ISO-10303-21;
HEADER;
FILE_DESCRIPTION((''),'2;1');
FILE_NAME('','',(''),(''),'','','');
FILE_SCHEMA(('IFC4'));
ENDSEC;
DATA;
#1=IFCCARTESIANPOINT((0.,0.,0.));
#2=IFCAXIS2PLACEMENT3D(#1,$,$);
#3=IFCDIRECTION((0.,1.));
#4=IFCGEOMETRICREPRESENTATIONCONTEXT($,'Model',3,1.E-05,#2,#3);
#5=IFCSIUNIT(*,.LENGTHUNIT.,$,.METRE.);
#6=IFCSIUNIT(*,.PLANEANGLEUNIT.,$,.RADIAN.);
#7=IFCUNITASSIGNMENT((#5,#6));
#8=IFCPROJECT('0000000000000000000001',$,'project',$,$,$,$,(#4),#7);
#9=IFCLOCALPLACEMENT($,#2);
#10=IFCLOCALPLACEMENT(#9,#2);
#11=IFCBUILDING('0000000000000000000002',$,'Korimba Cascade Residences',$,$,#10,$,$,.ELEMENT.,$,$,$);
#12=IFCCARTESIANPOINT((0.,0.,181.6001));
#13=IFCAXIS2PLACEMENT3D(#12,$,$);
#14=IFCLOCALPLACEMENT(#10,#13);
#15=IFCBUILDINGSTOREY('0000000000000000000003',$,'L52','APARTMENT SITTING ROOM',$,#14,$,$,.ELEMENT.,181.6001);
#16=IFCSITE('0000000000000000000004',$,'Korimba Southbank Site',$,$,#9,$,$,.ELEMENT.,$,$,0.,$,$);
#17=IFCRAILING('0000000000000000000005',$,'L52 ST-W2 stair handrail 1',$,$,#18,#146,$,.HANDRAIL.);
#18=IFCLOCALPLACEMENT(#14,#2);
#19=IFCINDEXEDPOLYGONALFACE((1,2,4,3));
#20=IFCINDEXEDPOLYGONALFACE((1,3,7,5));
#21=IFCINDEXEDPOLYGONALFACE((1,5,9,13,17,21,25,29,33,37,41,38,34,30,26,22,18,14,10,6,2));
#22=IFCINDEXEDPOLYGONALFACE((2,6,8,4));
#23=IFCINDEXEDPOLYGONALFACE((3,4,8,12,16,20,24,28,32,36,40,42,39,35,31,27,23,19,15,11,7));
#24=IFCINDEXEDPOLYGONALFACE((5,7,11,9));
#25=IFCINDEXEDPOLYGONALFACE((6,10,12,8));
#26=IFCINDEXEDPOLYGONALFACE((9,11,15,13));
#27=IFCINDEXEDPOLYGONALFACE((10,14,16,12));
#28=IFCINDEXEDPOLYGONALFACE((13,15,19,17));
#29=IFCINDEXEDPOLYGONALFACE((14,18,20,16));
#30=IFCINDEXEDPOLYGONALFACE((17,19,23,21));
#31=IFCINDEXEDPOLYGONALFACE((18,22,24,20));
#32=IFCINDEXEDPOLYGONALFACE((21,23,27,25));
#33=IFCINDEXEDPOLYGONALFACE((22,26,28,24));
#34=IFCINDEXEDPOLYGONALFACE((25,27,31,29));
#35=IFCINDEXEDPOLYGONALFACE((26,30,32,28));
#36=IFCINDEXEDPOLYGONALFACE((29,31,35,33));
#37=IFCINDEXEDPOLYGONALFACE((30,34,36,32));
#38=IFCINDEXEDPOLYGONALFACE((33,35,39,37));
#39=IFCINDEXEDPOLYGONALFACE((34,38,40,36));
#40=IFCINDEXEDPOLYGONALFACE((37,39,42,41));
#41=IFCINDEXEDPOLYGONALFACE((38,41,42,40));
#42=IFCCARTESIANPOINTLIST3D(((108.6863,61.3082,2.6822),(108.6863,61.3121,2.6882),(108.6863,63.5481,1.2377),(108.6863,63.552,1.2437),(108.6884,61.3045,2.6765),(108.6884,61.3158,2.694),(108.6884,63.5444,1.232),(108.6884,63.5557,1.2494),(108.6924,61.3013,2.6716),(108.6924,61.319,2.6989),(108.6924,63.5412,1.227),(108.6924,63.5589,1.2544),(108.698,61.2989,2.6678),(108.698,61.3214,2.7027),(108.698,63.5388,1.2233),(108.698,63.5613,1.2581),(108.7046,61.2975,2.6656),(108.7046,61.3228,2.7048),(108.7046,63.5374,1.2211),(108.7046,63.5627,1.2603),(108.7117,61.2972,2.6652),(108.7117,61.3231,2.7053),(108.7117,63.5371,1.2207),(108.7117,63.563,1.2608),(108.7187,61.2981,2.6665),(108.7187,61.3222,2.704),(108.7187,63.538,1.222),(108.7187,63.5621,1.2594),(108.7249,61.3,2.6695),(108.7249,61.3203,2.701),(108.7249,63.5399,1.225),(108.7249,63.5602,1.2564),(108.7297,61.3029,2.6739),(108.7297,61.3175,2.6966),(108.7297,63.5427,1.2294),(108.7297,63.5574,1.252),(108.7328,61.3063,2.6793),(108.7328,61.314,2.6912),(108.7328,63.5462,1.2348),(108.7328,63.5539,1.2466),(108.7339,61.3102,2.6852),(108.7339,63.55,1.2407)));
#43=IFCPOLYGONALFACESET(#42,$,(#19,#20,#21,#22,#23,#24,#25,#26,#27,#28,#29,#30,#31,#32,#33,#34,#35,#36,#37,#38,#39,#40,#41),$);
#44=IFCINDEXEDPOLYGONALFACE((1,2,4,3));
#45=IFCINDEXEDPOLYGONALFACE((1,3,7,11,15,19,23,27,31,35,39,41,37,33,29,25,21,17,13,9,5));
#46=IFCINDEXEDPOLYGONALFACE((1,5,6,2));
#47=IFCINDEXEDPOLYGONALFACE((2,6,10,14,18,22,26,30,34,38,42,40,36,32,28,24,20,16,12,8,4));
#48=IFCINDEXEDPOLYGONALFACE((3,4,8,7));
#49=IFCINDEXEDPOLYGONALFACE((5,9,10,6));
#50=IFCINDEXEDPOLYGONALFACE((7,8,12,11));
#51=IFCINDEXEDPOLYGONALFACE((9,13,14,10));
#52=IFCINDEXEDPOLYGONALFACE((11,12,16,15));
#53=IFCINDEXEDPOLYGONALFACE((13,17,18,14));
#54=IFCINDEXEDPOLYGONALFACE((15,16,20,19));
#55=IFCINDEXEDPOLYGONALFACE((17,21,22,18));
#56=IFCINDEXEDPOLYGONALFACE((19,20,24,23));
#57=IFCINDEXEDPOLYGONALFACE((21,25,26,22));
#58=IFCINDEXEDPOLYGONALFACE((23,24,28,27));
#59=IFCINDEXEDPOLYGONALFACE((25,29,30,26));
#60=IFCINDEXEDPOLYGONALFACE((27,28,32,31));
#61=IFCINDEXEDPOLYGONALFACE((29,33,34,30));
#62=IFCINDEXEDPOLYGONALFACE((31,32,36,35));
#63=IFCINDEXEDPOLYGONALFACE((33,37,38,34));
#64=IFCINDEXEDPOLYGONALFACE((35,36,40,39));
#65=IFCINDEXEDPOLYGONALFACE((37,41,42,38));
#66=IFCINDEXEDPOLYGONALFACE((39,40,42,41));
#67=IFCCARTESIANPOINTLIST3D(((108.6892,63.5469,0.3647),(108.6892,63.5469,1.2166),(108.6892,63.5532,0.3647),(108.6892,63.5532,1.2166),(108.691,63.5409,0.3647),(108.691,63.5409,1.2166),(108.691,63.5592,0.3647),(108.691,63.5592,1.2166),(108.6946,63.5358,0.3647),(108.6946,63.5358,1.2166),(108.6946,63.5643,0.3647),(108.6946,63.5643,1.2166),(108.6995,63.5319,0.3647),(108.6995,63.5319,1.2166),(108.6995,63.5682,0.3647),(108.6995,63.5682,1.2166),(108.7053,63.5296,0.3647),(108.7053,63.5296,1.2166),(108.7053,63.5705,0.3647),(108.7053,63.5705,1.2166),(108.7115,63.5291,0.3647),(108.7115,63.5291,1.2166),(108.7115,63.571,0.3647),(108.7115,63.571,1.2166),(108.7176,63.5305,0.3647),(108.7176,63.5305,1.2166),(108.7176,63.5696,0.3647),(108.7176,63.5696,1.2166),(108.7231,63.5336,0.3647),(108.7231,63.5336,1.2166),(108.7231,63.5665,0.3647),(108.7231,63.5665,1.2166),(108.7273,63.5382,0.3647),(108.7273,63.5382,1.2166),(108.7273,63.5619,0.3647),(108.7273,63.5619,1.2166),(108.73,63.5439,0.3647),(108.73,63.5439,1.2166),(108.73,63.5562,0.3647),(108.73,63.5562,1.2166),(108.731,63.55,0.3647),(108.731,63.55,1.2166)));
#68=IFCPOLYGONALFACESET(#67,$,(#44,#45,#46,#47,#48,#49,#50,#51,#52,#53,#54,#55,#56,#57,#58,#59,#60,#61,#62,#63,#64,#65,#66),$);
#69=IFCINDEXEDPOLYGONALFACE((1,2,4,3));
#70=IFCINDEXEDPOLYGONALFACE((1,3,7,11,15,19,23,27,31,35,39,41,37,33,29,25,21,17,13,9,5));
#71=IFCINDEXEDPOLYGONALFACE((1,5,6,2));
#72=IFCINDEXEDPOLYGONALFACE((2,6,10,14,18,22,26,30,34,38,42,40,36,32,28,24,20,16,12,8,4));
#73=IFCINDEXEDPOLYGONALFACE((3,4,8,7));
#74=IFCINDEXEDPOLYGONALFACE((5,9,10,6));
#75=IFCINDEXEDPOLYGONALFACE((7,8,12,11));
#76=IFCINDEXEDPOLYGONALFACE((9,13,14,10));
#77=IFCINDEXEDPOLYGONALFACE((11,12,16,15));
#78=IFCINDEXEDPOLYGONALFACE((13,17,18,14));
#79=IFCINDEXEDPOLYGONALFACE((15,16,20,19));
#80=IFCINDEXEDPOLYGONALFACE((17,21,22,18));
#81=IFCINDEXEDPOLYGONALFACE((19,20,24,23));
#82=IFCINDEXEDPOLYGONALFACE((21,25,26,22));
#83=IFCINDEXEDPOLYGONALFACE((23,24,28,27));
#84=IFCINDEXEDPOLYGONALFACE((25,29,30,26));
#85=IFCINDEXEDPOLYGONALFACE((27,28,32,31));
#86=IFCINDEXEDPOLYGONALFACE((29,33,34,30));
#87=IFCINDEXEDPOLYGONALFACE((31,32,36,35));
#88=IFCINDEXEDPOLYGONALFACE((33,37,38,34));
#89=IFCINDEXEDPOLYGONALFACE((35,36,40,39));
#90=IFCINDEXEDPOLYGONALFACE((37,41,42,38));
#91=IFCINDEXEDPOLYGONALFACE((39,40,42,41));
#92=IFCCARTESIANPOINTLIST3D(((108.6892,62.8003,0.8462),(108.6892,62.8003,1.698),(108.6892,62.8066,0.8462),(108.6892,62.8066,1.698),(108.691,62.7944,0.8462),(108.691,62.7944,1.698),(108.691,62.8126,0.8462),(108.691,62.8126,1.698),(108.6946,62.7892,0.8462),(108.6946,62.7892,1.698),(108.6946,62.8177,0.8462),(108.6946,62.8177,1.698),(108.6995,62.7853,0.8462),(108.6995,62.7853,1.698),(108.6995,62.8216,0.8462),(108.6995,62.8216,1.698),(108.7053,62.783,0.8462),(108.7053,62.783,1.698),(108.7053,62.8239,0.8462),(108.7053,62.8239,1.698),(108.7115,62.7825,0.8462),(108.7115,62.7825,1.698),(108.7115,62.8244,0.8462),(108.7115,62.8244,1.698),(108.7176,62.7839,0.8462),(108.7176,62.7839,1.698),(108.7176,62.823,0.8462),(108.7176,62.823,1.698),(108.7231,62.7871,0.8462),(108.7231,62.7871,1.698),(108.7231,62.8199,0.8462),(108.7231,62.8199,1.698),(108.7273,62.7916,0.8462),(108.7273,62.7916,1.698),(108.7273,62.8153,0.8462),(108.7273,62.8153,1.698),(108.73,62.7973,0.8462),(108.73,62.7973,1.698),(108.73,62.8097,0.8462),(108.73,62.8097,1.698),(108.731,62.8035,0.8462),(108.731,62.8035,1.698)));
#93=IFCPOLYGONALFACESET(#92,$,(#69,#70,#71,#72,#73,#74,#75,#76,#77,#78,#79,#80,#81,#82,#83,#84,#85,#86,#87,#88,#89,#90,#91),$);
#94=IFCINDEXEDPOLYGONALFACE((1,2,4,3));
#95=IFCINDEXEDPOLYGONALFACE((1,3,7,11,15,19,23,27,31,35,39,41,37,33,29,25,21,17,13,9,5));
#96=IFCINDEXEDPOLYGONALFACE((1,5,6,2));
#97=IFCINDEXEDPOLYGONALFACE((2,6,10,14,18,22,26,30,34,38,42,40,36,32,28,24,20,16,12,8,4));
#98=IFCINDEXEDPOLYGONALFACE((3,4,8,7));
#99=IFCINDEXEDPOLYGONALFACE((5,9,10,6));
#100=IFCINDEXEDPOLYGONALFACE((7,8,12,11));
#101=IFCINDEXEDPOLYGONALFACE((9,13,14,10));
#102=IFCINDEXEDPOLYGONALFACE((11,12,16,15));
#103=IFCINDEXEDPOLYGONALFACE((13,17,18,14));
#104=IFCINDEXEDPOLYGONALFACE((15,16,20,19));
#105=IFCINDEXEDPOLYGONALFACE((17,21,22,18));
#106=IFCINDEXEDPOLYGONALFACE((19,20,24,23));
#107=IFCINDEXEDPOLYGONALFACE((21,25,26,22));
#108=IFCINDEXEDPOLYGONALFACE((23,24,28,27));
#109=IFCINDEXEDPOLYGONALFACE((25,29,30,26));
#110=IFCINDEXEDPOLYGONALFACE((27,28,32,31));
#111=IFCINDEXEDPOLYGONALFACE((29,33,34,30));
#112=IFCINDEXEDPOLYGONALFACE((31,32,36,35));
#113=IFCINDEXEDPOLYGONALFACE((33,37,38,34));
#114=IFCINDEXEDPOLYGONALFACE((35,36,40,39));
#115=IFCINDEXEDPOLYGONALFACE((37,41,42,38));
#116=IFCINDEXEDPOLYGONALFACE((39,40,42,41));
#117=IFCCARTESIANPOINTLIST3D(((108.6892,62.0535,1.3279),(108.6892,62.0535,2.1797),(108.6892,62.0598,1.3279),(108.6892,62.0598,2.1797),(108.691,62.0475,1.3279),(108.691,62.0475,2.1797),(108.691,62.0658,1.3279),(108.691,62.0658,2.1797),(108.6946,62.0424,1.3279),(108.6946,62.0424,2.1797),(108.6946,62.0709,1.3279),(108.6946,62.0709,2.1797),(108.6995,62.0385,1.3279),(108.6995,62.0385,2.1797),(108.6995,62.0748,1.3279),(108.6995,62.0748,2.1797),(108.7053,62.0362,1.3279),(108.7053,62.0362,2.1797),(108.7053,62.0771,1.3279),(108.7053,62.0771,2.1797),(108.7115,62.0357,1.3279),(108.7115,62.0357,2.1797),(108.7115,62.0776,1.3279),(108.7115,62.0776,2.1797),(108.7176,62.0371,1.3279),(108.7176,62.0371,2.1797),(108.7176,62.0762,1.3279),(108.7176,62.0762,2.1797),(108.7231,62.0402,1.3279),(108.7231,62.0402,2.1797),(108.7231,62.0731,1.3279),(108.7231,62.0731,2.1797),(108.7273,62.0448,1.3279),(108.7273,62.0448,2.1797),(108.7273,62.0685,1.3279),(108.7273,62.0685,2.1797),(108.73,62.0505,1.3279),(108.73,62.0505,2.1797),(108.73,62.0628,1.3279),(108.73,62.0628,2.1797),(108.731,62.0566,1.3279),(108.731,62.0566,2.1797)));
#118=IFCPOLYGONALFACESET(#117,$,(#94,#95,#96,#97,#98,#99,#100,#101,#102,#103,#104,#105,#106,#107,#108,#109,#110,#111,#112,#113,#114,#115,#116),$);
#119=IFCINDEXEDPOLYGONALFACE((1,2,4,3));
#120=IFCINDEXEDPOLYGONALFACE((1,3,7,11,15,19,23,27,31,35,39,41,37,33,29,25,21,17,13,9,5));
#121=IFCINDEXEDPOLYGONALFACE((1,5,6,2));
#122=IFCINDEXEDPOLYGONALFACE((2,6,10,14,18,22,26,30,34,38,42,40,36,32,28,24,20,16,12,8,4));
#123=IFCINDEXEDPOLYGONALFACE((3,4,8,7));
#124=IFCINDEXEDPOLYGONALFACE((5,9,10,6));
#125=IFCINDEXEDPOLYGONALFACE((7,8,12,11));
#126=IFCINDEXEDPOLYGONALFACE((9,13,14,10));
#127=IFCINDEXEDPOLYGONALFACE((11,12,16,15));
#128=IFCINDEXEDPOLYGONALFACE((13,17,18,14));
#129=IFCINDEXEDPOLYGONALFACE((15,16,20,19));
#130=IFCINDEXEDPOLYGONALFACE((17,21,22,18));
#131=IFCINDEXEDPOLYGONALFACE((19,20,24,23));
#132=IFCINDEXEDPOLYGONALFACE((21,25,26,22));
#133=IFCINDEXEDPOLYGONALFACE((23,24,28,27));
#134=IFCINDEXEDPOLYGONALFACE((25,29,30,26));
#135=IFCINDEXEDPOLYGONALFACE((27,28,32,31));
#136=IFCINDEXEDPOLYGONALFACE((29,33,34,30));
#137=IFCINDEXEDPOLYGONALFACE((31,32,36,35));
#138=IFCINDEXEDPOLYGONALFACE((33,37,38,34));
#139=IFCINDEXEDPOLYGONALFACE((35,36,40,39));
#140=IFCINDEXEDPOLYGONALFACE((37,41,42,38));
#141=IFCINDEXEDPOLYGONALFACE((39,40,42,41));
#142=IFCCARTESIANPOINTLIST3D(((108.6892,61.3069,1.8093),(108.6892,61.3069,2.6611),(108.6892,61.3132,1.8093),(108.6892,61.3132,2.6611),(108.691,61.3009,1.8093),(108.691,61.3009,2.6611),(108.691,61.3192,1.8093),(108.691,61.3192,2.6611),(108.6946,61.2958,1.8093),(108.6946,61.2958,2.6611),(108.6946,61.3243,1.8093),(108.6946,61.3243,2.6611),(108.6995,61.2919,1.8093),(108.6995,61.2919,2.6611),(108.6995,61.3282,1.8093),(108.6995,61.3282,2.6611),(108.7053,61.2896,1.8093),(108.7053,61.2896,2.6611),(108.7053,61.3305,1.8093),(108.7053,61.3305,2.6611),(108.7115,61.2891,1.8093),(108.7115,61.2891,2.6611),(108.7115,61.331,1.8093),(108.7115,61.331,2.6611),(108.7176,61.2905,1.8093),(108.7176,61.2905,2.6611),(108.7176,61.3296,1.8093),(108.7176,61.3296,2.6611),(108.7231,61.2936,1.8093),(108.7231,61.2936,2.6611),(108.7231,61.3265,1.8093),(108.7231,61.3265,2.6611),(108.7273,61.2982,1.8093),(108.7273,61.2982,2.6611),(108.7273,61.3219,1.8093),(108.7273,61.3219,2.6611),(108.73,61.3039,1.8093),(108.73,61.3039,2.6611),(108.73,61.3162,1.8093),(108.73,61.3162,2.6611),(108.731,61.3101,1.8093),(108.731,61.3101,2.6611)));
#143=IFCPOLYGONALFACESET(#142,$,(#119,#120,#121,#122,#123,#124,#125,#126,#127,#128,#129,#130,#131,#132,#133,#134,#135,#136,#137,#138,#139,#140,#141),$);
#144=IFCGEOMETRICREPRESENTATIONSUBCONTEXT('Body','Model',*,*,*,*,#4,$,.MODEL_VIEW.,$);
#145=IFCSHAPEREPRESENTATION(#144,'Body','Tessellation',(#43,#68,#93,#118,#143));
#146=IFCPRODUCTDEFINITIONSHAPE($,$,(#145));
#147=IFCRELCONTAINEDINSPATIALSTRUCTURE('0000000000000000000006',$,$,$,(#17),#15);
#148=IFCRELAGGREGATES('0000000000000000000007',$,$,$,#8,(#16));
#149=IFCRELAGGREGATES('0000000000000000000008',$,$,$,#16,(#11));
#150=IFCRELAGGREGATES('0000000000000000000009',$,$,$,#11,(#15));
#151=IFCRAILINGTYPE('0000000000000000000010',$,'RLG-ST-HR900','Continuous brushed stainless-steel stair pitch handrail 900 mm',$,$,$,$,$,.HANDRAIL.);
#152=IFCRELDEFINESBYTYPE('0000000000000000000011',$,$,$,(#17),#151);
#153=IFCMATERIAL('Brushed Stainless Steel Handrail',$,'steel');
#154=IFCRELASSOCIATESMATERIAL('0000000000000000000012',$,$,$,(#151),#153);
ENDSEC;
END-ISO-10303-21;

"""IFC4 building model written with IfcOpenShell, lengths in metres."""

from ifc_helpers import new_model, si_unit, direction, frame, origin, origin_2d, place, context, subcontext, project, spatial, circle, extrude, material, type_object, element, save


model = new_model("IFC4")

# Units and contexts
model_context = context("Model", 3, precision=1e-05, world=origin(), true_north=direction((0.0, 1.0)))
body_context = subcontext(model_context, "Body", "Model", "MODEL_VIEW")
ifc_project = project(units=[si_unit("LENGTHUNIT", "METRE"), si_unit("PLANEANGLEUNIT", "RADIAN")], contexts=[model_context])

# Site, building, storey
site_placement = place(None, origin())
site = spatial("IfcSite", under=ifc_project, at=site_placement, Name="Korimba Southbank Site", CompositionType="ELEMENT", RefElevation=0.0)
building_placement = place(site_placement, origin())
building = spatial("IfcBuilding", under=site, at=building_placement, Name="Korimba Cascade Residences", CompositionType="ELEMENT")
storey_placement = place(building_placement, frame((0.0, 0.0, 181.6001)))
storey = spatial("IfcBuildingStorey", under=building, at=storey_placement, Name="L52", Description="APARTMENT SITTING ROOM", CompositionType="ELEMENT", Elevation=181.6001)

# Railing
ifc_material_1 = material(Name="Brushed Stainless Steel Handrail", Category="steel")
railing_type_1 = type_object("IfcRailingType", Name="RLG-ST-HR900", Description="Continuous brushed stainless-steel stair pitch handrail 900 mm", PredefinedType="HANDRAIL", material=ifc_material_1)
railing_1_placement = place(storey_placement, frame((108.71, 63.55, 0.3647)))
element("IfcRailing", 1, at=railing_1_placement, inside=storey, type_object=railing_type_1, Name="L52 ST-W2 stair handrail 1", PredefinedType="HANDRAIL", context=body_context, shape_type="SweptSolid", body=[
    extrude(circle(Radius=0.0239, at=origin_2d()), frame((0.0, 0.0, 0.876), z_axis=(0.0, -0.840395, 0.541975), x_axis=(1.0, 0.0, 0.0)), (0.0, 0.0, 1.0), 2.6653),
    extrude(circle(Radius=0.021, at=origin_2d()), origin(), (0.0, 0.0, 1.0), 0.8518),
    extrude(circle(Radius=0.021, at=origin_2d()), frame((0.0, -0.7466, 0.4814)), (0.0, 0.0, 1.0), 0.8518),
    extrude(circle(Radius=0.021, at=origin_2d()), frame((0.0, -1.4934, 0.9631)), (0.0, 0.0, 1.0), 0.8518),
    extrude(circle(Radius=0.021, at=origin_2d()), frame((0.0, -2.24, 1.4446)), (0.0, 0.0, 1.0), 0.8518),
])

save(model, "model.ifc")
